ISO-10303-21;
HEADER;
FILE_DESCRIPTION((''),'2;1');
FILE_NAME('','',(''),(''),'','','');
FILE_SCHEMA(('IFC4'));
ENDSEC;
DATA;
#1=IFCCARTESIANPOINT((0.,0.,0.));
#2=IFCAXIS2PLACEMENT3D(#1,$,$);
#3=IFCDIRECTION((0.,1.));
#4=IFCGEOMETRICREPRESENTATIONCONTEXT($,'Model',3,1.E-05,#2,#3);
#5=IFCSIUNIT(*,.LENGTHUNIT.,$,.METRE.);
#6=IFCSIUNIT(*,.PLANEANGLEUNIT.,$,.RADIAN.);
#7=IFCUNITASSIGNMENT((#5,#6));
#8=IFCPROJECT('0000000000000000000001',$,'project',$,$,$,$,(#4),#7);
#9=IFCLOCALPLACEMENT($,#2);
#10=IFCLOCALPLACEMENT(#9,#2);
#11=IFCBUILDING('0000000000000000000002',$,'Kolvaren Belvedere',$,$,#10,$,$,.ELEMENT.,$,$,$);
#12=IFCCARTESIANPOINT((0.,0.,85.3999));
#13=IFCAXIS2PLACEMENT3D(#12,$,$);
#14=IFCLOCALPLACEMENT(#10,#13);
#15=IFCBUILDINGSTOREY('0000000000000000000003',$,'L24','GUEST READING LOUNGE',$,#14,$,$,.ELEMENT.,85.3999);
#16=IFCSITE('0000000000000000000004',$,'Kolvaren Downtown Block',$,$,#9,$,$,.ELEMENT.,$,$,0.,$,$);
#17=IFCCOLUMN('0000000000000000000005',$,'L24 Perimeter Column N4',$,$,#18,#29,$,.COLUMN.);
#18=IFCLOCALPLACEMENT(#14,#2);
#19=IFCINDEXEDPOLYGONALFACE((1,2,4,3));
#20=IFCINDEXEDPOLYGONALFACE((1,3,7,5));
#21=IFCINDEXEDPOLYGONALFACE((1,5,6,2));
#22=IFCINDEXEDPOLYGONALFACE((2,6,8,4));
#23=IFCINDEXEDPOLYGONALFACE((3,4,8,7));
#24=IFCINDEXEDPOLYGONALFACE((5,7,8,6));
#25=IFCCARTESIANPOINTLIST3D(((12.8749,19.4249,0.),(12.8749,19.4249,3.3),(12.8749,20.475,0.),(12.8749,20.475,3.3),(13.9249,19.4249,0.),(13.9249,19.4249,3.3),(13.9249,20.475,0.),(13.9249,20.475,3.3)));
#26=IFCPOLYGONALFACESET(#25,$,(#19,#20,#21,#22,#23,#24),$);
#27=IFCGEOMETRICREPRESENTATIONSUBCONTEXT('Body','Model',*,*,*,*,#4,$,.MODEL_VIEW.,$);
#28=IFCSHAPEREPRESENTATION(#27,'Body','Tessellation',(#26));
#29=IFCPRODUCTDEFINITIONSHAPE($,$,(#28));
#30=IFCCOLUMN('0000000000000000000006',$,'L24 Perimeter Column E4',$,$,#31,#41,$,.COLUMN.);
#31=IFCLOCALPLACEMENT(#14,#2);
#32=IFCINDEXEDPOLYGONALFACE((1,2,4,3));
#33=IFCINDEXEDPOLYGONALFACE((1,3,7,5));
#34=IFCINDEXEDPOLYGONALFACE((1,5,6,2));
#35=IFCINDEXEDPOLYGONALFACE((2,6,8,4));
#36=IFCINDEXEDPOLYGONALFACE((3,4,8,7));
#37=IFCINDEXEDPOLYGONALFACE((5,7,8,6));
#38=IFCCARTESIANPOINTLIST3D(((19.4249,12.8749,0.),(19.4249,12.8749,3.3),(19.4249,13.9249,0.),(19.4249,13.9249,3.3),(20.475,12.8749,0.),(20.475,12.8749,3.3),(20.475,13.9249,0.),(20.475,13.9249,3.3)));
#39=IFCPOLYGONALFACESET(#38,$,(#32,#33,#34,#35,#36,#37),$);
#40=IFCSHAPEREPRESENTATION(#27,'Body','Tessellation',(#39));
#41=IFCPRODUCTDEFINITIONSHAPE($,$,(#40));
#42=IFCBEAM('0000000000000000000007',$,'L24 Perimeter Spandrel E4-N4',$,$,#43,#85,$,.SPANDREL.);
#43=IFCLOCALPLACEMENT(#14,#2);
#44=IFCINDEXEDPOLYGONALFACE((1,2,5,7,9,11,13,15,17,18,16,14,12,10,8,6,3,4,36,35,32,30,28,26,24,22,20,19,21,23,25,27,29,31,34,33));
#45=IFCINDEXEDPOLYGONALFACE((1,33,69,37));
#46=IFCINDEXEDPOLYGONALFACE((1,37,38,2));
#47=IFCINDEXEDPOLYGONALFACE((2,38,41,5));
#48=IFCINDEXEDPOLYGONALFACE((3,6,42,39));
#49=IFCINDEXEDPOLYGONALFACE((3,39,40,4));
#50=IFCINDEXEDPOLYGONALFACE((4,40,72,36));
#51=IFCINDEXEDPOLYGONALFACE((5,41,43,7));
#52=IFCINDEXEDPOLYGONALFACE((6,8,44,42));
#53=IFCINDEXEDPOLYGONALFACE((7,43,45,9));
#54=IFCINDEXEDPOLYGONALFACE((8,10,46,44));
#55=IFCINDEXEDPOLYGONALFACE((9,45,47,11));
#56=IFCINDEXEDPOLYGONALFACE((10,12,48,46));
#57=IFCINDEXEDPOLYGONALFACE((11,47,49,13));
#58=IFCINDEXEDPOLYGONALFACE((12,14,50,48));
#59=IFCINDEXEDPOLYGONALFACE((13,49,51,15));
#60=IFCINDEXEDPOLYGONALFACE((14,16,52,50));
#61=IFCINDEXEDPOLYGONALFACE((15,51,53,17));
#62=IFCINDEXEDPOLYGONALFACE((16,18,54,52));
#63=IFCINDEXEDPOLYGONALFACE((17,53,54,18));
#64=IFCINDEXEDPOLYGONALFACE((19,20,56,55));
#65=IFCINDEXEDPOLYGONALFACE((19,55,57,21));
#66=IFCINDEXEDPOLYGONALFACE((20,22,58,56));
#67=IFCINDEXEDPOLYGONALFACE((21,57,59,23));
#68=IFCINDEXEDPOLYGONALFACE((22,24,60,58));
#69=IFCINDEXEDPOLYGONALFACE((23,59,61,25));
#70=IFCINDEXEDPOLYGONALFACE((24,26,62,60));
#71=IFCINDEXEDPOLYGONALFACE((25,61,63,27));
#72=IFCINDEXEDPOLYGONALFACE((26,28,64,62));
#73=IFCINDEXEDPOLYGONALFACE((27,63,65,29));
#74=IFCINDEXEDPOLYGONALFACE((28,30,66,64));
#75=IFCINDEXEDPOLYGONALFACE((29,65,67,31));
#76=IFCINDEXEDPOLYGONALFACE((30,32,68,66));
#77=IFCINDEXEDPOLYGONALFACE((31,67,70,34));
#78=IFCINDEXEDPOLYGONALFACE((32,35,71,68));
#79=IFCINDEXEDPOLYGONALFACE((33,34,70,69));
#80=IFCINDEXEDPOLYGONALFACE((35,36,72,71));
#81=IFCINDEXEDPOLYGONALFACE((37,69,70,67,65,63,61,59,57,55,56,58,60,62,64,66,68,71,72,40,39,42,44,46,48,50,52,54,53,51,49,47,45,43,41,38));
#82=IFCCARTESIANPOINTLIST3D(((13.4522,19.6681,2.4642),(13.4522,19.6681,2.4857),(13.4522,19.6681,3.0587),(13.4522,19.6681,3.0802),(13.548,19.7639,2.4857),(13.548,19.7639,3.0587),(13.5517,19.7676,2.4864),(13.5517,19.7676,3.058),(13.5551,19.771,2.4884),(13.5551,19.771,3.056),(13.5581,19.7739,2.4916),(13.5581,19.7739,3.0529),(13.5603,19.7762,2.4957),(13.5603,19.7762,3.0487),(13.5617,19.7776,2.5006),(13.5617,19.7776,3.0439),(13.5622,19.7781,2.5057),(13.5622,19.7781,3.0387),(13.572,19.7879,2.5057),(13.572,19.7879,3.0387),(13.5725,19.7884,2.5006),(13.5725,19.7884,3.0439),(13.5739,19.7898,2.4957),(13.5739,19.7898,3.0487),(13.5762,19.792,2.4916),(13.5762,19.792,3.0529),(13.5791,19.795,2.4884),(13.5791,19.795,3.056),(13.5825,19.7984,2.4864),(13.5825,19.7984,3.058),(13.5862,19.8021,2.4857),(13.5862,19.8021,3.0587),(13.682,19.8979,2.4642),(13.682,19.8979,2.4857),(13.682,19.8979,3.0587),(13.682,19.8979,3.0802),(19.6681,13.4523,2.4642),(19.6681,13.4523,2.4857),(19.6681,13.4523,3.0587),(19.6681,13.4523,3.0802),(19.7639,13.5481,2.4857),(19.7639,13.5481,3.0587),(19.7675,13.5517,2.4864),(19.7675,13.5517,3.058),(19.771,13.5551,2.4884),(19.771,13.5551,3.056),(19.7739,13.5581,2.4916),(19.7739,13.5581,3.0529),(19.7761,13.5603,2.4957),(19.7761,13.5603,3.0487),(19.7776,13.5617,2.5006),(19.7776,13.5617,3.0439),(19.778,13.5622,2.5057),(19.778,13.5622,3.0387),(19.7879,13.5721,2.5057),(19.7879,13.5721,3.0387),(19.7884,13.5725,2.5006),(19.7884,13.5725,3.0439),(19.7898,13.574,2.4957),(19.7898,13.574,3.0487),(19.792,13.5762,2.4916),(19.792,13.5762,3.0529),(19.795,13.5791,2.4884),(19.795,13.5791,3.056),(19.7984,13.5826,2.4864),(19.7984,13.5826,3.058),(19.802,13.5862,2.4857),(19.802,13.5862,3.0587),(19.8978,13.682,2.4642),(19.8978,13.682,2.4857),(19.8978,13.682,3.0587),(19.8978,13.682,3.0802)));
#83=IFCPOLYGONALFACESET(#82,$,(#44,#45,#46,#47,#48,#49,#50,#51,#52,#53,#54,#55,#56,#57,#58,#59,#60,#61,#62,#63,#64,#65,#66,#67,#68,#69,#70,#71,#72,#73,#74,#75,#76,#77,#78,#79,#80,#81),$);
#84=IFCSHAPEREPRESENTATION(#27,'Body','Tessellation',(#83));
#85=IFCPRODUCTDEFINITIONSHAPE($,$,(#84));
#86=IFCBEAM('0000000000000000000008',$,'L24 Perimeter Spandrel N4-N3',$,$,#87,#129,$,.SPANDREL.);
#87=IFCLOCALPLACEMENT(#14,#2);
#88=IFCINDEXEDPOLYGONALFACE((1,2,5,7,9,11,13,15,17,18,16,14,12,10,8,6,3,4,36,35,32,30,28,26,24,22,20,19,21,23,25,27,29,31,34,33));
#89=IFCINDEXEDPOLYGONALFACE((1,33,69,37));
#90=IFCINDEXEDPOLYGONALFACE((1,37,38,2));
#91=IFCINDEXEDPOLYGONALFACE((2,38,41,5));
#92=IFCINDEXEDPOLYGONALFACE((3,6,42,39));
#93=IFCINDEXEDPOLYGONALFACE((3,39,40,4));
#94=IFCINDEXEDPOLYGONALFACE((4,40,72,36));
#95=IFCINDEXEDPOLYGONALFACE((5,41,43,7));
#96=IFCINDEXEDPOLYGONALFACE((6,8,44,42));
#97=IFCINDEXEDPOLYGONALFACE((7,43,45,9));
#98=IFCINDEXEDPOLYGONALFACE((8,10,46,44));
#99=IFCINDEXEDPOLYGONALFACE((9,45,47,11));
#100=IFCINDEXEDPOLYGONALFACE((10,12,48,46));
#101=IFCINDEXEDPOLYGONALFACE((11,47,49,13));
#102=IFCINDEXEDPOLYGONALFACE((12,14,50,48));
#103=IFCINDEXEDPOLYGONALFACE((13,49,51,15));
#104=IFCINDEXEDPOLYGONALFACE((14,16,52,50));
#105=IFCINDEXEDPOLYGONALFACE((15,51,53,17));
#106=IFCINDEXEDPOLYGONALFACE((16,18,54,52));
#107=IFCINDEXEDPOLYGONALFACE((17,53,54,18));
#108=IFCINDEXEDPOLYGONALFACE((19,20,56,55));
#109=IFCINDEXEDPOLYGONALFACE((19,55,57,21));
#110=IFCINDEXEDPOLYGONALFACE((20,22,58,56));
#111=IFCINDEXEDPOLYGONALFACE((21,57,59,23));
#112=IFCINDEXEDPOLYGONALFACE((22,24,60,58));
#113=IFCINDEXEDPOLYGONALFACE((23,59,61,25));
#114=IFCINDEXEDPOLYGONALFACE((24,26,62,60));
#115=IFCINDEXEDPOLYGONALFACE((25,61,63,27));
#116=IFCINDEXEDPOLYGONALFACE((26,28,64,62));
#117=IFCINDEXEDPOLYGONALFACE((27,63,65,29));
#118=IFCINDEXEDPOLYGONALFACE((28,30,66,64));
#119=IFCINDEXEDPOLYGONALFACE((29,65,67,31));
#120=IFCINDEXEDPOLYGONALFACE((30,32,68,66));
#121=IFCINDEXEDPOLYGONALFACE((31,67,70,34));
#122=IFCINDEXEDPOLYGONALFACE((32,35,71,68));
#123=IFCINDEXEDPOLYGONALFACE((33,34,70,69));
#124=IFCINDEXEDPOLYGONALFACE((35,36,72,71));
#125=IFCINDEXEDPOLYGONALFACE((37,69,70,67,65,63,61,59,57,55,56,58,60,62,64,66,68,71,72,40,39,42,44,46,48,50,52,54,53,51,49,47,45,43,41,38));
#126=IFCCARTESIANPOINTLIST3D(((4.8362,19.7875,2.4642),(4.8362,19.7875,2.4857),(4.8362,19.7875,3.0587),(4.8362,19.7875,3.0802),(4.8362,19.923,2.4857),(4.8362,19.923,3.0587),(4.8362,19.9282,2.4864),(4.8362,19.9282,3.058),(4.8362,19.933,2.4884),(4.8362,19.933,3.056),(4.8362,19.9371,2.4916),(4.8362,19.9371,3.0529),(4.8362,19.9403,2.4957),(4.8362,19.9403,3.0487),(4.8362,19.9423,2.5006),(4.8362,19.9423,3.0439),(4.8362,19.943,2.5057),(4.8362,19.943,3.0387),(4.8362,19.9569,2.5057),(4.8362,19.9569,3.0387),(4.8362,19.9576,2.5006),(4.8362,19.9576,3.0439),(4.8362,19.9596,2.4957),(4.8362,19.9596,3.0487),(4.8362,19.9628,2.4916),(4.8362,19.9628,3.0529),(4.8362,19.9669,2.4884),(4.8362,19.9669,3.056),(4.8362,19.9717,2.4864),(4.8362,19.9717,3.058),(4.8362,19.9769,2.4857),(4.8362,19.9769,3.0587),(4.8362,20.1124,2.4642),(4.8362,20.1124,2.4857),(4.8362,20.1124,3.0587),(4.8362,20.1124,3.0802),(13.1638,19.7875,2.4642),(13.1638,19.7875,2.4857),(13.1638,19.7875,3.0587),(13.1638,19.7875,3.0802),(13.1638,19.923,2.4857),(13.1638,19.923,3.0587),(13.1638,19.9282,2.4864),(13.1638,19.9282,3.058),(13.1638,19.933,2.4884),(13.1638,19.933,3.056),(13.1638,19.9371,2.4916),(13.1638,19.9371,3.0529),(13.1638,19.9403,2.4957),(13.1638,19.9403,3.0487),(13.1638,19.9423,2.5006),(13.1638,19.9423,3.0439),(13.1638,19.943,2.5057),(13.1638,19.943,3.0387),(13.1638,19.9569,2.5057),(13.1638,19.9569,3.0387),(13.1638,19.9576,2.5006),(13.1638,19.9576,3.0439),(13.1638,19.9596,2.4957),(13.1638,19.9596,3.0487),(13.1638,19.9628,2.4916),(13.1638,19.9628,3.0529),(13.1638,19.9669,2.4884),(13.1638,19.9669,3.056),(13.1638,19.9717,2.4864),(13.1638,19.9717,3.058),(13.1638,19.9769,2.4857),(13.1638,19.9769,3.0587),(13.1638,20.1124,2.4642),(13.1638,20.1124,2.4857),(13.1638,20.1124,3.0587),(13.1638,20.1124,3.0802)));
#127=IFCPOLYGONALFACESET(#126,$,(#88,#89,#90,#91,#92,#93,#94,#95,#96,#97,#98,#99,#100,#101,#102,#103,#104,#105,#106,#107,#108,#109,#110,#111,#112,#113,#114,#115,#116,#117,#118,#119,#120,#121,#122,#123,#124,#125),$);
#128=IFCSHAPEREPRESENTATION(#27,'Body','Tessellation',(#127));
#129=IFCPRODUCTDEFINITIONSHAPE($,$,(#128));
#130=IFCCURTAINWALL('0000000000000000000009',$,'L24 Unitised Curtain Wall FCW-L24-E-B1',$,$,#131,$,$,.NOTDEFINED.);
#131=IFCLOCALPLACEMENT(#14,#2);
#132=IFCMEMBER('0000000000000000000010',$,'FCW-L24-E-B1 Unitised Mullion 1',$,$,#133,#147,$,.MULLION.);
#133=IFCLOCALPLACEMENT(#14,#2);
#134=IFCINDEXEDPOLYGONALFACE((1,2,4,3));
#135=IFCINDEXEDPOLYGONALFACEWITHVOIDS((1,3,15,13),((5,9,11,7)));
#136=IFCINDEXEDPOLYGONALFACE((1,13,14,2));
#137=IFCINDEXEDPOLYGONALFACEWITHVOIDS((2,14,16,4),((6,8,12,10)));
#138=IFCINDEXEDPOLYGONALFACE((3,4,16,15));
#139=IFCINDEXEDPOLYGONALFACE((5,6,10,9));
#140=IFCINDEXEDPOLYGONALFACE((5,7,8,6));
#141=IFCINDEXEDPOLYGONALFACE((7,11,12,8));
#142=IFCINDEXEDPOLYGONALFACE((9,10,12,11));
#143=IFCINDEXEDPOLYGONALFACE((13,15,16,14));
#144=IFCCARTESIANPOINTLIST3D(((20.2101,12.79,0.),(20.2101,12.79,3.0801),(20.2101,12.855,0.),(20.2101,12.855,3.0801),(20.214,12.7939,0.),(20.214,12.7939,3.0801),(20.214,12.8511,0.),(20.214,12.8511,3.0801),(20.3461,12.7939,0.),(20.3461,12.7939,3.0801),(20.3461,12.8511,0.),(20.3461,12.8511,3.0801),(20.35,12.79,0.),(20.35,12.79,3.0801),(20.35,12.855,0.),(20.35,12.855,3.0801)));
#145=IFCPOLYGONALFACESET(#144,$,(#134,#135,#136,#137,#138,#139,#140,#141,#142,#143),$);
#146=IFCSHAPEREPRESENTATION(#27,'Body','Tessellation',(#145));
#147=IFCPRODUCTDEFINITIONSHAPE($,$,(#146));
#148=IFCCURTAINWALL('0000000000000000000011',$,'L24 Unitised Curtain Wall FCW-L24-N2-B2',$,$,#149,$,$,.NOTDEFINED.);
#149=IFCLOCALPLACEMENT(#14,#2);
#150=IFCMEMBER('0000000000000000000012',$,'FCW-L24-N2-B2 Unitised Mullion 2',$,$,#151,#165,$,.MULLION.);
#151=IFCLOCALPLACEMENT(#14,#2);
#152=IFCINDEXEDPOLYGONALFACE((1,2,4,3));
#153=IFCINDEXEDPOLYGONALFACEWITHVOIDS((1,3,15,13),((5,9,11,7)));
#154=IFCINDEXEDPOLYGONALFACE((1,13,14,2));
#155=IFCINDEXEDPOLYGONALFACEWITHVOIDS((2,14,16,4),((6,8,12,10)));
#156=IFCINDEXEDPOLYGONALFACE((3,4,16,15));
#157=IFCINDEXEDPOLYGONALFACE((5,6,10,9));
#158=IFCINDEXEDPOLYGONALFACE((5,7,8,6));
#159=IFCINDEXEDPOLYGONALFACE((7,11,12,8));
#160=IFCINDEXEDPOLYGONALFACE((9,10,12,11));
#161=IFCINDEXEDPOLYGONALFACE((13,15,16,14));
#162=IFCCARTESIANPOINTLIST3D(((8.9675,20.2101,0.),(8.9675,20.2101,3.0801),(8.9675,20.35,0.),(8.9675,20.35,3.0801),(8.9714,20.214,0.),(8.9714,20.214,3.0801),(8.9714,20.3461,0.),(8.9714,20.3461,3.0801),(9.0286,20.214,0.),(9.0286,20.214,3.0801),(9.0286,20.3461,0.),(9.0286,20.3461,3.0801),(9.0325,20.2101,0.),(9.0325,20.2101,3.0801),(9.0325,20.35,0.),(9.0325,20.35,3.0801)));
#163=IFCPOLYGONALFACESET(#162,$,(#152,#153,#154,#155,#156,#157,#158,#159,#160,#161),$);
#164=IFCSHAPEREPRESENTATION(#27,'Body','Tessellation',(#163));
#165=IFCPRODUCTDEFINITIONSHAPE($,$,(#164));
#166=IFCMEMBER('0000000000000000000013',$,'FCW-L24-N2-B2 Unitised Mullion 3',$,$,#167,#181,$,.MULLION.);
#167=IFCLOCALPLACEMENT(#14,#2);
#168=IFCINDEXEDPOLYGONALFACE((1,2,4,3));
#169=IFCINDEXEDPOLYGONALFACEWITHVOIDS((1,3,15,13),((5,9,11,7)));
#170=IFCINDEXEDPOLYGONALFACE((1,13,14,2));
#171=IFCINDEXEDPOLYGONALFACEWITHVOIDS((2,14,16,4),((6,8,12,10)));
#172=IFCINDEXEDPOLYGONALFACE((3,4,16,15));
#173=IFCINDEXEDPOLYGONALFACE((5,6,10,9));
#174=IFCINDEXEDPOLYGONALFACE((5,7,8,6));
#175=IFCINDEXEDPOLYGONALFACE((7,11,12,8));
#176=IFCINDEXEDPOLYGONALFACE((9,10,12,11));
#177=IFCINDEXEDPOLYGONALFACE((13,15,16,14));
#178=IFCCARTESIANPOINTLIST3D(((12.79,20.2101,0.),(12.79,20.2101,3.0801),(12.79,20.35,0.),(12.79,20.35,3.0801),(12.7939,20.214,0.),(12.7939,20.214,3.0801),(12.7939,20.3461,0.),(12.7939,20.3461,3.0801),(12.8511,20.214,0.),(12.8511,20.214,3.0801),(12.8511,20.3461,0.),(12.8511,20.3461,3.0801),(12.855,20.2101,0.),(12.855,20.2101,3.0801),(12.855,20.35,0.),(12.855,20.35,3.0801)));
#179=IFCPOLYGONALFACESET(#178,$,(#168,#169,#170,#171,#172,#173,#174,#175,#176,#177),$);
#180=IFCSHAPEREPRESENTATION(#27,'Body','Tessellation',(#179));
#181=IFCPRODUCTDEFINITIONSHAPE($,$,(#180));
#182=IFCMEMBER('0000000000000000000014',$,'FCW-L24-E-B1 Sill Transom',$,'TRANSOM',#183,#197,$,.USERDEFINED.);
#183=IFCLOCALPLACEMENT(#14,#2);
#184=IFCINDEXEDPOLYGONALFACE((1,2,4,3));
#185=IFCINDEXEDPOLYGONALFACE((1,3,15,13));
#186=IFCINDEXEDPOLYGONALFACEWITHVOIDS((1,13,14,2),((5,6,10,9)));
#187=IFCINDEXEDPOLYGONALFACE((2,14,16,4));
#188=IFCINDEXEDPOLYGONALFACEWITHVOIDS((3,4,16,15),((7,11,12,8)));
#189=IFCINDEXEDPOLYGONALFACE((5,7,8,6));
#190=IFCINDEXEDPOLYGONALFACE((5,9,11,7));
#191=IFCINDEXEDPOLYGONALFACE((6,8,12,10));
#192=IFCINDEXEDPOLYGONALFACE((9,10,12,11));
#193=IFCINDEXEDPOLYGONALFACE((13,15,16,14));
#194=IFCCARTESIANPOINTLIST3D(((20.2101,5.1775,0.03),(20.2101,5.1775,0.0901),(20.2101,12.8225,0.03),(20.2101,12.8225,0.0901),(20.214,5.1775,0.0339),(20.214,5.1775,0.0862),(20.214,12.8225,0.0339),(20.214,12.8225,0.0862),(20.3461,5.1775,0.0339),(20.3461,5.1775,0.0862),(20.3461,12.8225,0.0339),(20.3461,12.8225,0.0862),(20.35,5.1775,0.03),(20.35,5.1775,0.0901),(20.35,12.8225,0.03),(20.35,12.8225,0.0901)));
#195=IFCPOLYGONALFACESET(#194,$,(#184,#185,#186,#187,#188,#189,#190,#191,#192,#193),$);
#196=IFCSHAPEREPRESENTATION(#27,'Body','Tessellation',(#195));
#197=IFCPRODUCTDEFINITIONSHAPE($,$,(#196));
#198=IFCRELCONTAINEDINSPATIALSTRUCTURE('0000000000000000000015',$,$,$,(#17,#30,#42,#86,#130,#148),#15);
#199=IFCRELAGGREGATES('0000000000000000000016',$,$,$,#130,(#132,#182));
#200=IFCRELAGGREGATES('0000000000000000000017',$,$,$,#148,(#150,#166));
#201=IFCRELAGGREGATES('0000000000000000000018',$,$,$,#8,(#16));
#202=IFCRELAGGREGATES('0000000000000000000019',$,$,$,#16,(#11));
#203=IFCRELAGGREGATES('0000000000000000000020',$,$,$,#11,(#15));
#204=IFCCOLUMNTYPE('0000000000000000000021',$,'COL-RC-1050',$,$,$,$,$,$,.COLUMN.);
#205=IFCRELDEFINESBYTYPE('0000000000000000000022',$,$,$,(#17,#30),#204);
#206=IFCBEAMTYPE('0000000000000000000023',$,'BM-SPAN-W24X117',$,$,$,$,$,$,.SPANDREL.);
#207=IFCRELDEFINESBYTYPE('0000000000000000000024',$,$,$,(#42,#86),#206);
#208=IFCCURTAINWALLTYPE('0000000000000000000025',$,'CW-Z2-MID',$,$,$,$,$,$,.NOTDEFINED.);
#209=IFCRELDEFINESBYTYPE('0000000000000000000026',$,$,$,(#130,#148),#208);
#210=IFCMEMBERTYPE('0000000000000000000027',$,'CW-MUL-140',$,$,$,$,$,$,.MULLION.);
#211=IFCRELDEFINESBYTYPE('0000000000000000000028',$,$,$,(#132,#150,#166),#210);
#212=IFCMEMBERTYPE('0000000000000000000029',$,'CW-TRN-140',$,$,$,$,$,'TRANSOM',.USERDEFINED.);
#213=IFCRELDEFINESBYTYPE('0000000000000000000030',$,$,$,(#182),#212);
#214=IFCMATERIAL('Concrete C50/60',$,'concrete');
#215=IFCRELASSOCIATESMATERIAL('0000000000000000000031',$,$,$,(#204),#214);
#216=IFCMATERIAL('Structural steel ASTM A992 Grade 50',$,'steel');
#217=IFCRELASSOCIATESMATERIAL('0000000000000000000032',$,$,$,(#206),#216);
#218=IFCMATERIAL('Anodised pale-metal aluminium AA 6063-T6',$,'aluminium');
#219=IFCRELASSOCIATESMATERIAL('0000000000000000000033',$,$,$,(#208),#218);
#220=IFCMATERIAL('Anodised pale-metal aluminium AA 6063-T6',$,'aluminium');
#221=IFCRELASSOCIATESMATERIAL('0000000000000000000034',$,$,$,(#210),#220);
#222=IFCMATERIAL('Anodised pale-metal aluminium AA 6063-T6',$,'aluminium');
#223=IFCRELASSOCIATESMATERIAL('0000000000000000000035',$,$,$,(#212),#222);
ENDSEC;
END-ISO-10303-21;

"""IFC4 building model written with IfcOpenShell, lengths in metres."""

from ifc_helpers import new_model, si_unit, direction, frame, origin, origin_2d, place, context, subcontext, project, spatial, rectangle, hollow_rectangle, i_section, extrude, material, material_profile, profile_set, type_object, element, aggregate, save


model = new_model("IFC4")

# Units and contexts
model_context = context("Model", 3, precision=1e-05, world=origin(), true_north=direction((0.0, 1.0)))
body_context = subcontext(model_context, "Body", "Model", "MODEL_VIEW")
ifc_project = project(units=[si_unit("LENGTHUNIT", "METRE"), si_unit("PLANEANGLEUNIT", "RADIAN")], contexts=[model_context])

# Site, building, storey
site_placement = place(None, origin())
site = spatial("IfcSite", under=ifc_project, at=site_placement, Name="Kolvaren Downtown Block", CompositionType="ELEMENT", RefElevation=0.0)
building_placement = place(site_placement, origin())
building = spatial("IfcBuilding", under=site, at=building_placement, Name="Kolvaren Belvedere", CompositionType="ELEMENT")
storey_placement = place(building_placement, frame((0.0, 0.0, 85.3999)))
storey = spatial("IfcBuildingStorey", under=building, at=storey_placement, Name="L24", Description="GUEST READING LOUNGE", CompositionType="ELEMENT", Elevation=85.3999)

# Columns
ifc_material_1 = material(Name="Concrete C50/60", Category="concrete")
ifc_material_profile_1 = material_profile(ifc_material_1, rectangle(XDim=1.05, YDim=1.05, at=origin_2d()), Name="RC 1050X1050")
ifc_profile_set_1 = profile_set([ifc_material_profile_1], Name="Concrete C50/60")
column_type = type_object("IfcColumnType", Name="COL-RC-1050", PredefinedType="COLUMN", material=ifc_profile_set_1)
for number, where, z_axis, x_axis, name in (
    (1, (13.3999, 19.95, 0.0), (0.0, 0.0, 1.0), (1.0, 0.0, 0.0), "L24 Perimeter Column N4"),
    (2, (19.95, 13.3999, 0.0), (0.0, 0.0, 1.0), (1.0, 0.0, 0.0), "L24 Perimeter Column E4"),
):
    element("IfcColumn", number, at=place(storey_placement, frame(where, z_axis=z_axis, x_axis=x_axis)), inside=storey, type_object=column_type, Name=name, PredefinedType="COLUMN", context=body_context, shape_type="SweptSolid", body=[
        extrude(rectangle(XDim=1.05, YDim=1.05, at=origin_2d()), origin(), (0.0, 0.0, 1.0), 3.3),
    ])

# Beams
ifc_material_2 = material(Name="Structural steel ASTM A992 Grade 50", Category="steel")
ifc_material_profile_2 = material_profile(ifc_material_2, i_section(OverallWidth=0.325, OverallDepth=0.616, WebThickness=0.0139, FlangeThickness=0.0215, FilletRadius=0.02, at=origin_2d()), Name="W24X117")
ifc_profile_set_2 = profile_set([ifc_material_profile_2], Name="Structural steel ASTM A992 Grade 50")
beam_type = type_object("IfcBeamType", Name="BM-SPAN-W24X117", PredefinedType="SPANDREL", material=ifc_profile_set_2)
beam_1_placement = place(storey_placement, frame((19.783, 13.5671, 2.7722), z_axis=(-0.707107, 0.707107, 0.0), x_axis=(-0.707107, -0.707107, 0.0)))
element("IfcBeam", 3, at=beam_1_placement, inside=storey, type_object=beam_type, Name="L24 Perimeter Spandrel E4-N4", PredefinedType="SPANDREL", context=body_context, shape_type="SweptSolid", body=[
    extrude(i_section(OverallWidth=0.325, OverallDepth=0.616, WebThickness=0.0139, FlangeThickness=0.0215, FilletRadius=0.02, at=origin_2d()), origin(), (0.0, 0.0, 1.0), 8.7905),
])
beam_2_placement = place(storey_placement, frame((13.1638, 19.95, 2.7722), z_axis=(-1.0, 0.0, 0.0), x_axis=(0.0, -1.0, 0.0)))
element("IfcBeam", 4, at=beam_2_placement, inside=storey, type_object=beam_type, Name="L24 Perimeter Spandrel N4-N3", PredefinedType="SPANDREL", context=body_context, shape_type="SweptSolid", body=[
    extrude(i_section(OverallWidth=0.325, OverallDepth=0.616, WebThickness=0.0139, FlangeThickness=0.0215, FilletRadius=0.02, at=origin_2d()), origin(), (0.0, 0.0, 1.0), 8.3276),
])

# Curtain wall, member
ifc_material_3 = material(Name="Anodised pale-metal aluminium AA 6063-T6", Category="aluminium")
curtain_wall_type = type_object("IfcCurtainWallType", Name="CW-Z2-MID", PredefinedType="NOTDEFINED", material=ifc_material_3)
curtain_wall_1_placement = place(storey_placement, origin())
curtain_wall_1 = element("IfcCurtainWall", 5, at=curtain_wall_1_placement, inside=storey, type_object=curtain_wall_type, Name="L24 Unitised Curtain Wall FCW-L24-E-B1", PredefinedType="NOTDEFINED")
ifc_material_4 = material(Name="Anodised pale-metal aluminium AA 6063-T6", Category="aluminium")
ifc_material_profile_3 = material_profile(ifc_material_4, hollow_rectangle(XDim=0.0649, YDim=0.1399, WallThickness=0.0039, at=origin_2d()), Name="ALU-MUL-140X65")
ifc_profile_set_3 = profile_set([ifc_material_profile_3], Name="Anodised pale-metal aluminium AA 6063-T6")
member_type_1 = type_object("IfcMemberType", Name="CW-MUL-140", PredefinedType="MULLION", material=ifc_profile_set_3)
member_1_placement = place(storey_placement, frame((20.28, 12.8225, 0.0), z_axis=(0.0, 0.0, 1.0), x_axis=(0.0, 1.0, 0.0)))
member_1 = element("IfcMember", 6, at=member_1_placement, type_object=member_type_1, Name="FCW-L24-E-B1 Unitised Mullion 1", PredefinedType="MULLION", context=body_context, shape_type="SweptSolid", body=[
    extrude(hollow_rectangle(XDim=0.0649, YDim=0.1399, WallThickness=0.0039, at=origin_2d()), origin(), (0.0, 0.0, 1.0), 3.0801),
])

# Curtain wall, members
curtain_wall_2_placement = place(storey_placement, origin())
curtain_wall_2 = element("IfcCurtainWall", 7, at=curtain_wall_2_placement, inside=storey, type_object=curtain_wall_type, Name="L24 Unitised Curtain Wall FCW-L24-N2-B2", PredefinedType="NOTDEFINED")
member_2_placement = place(storey_placement, frame((9.0, 20.28, 0.0), z_axis=(0.0, 0.0, 1.0), x_axis=(1.0, 0.0, 0.0)))
member_2 = element("IfcMember", 8, at=member_2_placement, type_object=member_type_1, Name="FCW-L24-N2-B2 Unitised Mullion 2", PredefinedType="MULLION", context=body_context, shape_type="SweptSolid", body=[
    extrude(hollow_rectangle(XDim=0.0649, YDim=0.1399, WallThickness=0.0039, at=origin_2d()), origin(), (0.0, 0.0, 1.0), 3.0801),
])
member_3_placement = place(storey_placement, frame((12.8225, 20.28, 0.0), z_axis=(0.0, 0.0, 1.0), x_axis=(1.0, 0.0, 0.0)))
member_3 = element("IfcMember", 9, at=member_3_placement, type_object=member_type_1, Name="FCW-L24-N2-B2 Unitised Mullion 3", PredefinedType="MULLION", context=body_context, shape_type="SweptSolid", body=[
    extrude(hollow_rectangle(XDim=0.0649, YDim=0.1399, WallThickness=0.0039, at=origin_2d()), origin(), (0.0, 0.0, 1.0), 3.0801),
])

# Member
ifc_material_5 = material(Name="Anodised pale-metal aluminium AA 6063-T6", Category="aluminium")
ifc_material_profile_4 = material_profile(ifc_material_5, hollow_rectangle(XDim=0.0601, YDim=0.1399, WallThickness=0.0039, at=origin_2d()), Name="ALU-TRN-140X60")
ifc_profile_set_4 = profile_set([ifc_material_profile_4], Name="Anodised pale-metal aluminium AA 6063-T6")
member_type_2 = type_object("IfcMemberType", Name="CW-TRN-140", ElementType="TRANSOM", PredefinedType="USERDEFINED", material=ifc_profile_set_4)
member_4_placement = place(storey_placement, frame((20.28, 12.8225, 0.0601), z_axis=(0.0, -1.0, 0.0), x_axis=(0.0, 0.0, 1.0)))
member_4 = element("IfcMember", 10, at=member_4_placement, type_object=member_type_2, Name="FCW-L24-E-B1 Sill Transom", ObjectType="TRANSOM", PredefinedType="USERDEFINED", context=body_context, shape_type="SweptSolid", body=[
    extrude(hollow_rectangle(XDim=0.0601, YDim=0.1399, WallThickness=0.0039, at=origin_2d()), origin(), (0.0, 0.0, 1.0), 7.645),
])
aggregate(curtain_wall_1, [member_1, member_4])

aggregate(curtain_wall_2, [member_2, member_3])

save(model, "model.ifc")
